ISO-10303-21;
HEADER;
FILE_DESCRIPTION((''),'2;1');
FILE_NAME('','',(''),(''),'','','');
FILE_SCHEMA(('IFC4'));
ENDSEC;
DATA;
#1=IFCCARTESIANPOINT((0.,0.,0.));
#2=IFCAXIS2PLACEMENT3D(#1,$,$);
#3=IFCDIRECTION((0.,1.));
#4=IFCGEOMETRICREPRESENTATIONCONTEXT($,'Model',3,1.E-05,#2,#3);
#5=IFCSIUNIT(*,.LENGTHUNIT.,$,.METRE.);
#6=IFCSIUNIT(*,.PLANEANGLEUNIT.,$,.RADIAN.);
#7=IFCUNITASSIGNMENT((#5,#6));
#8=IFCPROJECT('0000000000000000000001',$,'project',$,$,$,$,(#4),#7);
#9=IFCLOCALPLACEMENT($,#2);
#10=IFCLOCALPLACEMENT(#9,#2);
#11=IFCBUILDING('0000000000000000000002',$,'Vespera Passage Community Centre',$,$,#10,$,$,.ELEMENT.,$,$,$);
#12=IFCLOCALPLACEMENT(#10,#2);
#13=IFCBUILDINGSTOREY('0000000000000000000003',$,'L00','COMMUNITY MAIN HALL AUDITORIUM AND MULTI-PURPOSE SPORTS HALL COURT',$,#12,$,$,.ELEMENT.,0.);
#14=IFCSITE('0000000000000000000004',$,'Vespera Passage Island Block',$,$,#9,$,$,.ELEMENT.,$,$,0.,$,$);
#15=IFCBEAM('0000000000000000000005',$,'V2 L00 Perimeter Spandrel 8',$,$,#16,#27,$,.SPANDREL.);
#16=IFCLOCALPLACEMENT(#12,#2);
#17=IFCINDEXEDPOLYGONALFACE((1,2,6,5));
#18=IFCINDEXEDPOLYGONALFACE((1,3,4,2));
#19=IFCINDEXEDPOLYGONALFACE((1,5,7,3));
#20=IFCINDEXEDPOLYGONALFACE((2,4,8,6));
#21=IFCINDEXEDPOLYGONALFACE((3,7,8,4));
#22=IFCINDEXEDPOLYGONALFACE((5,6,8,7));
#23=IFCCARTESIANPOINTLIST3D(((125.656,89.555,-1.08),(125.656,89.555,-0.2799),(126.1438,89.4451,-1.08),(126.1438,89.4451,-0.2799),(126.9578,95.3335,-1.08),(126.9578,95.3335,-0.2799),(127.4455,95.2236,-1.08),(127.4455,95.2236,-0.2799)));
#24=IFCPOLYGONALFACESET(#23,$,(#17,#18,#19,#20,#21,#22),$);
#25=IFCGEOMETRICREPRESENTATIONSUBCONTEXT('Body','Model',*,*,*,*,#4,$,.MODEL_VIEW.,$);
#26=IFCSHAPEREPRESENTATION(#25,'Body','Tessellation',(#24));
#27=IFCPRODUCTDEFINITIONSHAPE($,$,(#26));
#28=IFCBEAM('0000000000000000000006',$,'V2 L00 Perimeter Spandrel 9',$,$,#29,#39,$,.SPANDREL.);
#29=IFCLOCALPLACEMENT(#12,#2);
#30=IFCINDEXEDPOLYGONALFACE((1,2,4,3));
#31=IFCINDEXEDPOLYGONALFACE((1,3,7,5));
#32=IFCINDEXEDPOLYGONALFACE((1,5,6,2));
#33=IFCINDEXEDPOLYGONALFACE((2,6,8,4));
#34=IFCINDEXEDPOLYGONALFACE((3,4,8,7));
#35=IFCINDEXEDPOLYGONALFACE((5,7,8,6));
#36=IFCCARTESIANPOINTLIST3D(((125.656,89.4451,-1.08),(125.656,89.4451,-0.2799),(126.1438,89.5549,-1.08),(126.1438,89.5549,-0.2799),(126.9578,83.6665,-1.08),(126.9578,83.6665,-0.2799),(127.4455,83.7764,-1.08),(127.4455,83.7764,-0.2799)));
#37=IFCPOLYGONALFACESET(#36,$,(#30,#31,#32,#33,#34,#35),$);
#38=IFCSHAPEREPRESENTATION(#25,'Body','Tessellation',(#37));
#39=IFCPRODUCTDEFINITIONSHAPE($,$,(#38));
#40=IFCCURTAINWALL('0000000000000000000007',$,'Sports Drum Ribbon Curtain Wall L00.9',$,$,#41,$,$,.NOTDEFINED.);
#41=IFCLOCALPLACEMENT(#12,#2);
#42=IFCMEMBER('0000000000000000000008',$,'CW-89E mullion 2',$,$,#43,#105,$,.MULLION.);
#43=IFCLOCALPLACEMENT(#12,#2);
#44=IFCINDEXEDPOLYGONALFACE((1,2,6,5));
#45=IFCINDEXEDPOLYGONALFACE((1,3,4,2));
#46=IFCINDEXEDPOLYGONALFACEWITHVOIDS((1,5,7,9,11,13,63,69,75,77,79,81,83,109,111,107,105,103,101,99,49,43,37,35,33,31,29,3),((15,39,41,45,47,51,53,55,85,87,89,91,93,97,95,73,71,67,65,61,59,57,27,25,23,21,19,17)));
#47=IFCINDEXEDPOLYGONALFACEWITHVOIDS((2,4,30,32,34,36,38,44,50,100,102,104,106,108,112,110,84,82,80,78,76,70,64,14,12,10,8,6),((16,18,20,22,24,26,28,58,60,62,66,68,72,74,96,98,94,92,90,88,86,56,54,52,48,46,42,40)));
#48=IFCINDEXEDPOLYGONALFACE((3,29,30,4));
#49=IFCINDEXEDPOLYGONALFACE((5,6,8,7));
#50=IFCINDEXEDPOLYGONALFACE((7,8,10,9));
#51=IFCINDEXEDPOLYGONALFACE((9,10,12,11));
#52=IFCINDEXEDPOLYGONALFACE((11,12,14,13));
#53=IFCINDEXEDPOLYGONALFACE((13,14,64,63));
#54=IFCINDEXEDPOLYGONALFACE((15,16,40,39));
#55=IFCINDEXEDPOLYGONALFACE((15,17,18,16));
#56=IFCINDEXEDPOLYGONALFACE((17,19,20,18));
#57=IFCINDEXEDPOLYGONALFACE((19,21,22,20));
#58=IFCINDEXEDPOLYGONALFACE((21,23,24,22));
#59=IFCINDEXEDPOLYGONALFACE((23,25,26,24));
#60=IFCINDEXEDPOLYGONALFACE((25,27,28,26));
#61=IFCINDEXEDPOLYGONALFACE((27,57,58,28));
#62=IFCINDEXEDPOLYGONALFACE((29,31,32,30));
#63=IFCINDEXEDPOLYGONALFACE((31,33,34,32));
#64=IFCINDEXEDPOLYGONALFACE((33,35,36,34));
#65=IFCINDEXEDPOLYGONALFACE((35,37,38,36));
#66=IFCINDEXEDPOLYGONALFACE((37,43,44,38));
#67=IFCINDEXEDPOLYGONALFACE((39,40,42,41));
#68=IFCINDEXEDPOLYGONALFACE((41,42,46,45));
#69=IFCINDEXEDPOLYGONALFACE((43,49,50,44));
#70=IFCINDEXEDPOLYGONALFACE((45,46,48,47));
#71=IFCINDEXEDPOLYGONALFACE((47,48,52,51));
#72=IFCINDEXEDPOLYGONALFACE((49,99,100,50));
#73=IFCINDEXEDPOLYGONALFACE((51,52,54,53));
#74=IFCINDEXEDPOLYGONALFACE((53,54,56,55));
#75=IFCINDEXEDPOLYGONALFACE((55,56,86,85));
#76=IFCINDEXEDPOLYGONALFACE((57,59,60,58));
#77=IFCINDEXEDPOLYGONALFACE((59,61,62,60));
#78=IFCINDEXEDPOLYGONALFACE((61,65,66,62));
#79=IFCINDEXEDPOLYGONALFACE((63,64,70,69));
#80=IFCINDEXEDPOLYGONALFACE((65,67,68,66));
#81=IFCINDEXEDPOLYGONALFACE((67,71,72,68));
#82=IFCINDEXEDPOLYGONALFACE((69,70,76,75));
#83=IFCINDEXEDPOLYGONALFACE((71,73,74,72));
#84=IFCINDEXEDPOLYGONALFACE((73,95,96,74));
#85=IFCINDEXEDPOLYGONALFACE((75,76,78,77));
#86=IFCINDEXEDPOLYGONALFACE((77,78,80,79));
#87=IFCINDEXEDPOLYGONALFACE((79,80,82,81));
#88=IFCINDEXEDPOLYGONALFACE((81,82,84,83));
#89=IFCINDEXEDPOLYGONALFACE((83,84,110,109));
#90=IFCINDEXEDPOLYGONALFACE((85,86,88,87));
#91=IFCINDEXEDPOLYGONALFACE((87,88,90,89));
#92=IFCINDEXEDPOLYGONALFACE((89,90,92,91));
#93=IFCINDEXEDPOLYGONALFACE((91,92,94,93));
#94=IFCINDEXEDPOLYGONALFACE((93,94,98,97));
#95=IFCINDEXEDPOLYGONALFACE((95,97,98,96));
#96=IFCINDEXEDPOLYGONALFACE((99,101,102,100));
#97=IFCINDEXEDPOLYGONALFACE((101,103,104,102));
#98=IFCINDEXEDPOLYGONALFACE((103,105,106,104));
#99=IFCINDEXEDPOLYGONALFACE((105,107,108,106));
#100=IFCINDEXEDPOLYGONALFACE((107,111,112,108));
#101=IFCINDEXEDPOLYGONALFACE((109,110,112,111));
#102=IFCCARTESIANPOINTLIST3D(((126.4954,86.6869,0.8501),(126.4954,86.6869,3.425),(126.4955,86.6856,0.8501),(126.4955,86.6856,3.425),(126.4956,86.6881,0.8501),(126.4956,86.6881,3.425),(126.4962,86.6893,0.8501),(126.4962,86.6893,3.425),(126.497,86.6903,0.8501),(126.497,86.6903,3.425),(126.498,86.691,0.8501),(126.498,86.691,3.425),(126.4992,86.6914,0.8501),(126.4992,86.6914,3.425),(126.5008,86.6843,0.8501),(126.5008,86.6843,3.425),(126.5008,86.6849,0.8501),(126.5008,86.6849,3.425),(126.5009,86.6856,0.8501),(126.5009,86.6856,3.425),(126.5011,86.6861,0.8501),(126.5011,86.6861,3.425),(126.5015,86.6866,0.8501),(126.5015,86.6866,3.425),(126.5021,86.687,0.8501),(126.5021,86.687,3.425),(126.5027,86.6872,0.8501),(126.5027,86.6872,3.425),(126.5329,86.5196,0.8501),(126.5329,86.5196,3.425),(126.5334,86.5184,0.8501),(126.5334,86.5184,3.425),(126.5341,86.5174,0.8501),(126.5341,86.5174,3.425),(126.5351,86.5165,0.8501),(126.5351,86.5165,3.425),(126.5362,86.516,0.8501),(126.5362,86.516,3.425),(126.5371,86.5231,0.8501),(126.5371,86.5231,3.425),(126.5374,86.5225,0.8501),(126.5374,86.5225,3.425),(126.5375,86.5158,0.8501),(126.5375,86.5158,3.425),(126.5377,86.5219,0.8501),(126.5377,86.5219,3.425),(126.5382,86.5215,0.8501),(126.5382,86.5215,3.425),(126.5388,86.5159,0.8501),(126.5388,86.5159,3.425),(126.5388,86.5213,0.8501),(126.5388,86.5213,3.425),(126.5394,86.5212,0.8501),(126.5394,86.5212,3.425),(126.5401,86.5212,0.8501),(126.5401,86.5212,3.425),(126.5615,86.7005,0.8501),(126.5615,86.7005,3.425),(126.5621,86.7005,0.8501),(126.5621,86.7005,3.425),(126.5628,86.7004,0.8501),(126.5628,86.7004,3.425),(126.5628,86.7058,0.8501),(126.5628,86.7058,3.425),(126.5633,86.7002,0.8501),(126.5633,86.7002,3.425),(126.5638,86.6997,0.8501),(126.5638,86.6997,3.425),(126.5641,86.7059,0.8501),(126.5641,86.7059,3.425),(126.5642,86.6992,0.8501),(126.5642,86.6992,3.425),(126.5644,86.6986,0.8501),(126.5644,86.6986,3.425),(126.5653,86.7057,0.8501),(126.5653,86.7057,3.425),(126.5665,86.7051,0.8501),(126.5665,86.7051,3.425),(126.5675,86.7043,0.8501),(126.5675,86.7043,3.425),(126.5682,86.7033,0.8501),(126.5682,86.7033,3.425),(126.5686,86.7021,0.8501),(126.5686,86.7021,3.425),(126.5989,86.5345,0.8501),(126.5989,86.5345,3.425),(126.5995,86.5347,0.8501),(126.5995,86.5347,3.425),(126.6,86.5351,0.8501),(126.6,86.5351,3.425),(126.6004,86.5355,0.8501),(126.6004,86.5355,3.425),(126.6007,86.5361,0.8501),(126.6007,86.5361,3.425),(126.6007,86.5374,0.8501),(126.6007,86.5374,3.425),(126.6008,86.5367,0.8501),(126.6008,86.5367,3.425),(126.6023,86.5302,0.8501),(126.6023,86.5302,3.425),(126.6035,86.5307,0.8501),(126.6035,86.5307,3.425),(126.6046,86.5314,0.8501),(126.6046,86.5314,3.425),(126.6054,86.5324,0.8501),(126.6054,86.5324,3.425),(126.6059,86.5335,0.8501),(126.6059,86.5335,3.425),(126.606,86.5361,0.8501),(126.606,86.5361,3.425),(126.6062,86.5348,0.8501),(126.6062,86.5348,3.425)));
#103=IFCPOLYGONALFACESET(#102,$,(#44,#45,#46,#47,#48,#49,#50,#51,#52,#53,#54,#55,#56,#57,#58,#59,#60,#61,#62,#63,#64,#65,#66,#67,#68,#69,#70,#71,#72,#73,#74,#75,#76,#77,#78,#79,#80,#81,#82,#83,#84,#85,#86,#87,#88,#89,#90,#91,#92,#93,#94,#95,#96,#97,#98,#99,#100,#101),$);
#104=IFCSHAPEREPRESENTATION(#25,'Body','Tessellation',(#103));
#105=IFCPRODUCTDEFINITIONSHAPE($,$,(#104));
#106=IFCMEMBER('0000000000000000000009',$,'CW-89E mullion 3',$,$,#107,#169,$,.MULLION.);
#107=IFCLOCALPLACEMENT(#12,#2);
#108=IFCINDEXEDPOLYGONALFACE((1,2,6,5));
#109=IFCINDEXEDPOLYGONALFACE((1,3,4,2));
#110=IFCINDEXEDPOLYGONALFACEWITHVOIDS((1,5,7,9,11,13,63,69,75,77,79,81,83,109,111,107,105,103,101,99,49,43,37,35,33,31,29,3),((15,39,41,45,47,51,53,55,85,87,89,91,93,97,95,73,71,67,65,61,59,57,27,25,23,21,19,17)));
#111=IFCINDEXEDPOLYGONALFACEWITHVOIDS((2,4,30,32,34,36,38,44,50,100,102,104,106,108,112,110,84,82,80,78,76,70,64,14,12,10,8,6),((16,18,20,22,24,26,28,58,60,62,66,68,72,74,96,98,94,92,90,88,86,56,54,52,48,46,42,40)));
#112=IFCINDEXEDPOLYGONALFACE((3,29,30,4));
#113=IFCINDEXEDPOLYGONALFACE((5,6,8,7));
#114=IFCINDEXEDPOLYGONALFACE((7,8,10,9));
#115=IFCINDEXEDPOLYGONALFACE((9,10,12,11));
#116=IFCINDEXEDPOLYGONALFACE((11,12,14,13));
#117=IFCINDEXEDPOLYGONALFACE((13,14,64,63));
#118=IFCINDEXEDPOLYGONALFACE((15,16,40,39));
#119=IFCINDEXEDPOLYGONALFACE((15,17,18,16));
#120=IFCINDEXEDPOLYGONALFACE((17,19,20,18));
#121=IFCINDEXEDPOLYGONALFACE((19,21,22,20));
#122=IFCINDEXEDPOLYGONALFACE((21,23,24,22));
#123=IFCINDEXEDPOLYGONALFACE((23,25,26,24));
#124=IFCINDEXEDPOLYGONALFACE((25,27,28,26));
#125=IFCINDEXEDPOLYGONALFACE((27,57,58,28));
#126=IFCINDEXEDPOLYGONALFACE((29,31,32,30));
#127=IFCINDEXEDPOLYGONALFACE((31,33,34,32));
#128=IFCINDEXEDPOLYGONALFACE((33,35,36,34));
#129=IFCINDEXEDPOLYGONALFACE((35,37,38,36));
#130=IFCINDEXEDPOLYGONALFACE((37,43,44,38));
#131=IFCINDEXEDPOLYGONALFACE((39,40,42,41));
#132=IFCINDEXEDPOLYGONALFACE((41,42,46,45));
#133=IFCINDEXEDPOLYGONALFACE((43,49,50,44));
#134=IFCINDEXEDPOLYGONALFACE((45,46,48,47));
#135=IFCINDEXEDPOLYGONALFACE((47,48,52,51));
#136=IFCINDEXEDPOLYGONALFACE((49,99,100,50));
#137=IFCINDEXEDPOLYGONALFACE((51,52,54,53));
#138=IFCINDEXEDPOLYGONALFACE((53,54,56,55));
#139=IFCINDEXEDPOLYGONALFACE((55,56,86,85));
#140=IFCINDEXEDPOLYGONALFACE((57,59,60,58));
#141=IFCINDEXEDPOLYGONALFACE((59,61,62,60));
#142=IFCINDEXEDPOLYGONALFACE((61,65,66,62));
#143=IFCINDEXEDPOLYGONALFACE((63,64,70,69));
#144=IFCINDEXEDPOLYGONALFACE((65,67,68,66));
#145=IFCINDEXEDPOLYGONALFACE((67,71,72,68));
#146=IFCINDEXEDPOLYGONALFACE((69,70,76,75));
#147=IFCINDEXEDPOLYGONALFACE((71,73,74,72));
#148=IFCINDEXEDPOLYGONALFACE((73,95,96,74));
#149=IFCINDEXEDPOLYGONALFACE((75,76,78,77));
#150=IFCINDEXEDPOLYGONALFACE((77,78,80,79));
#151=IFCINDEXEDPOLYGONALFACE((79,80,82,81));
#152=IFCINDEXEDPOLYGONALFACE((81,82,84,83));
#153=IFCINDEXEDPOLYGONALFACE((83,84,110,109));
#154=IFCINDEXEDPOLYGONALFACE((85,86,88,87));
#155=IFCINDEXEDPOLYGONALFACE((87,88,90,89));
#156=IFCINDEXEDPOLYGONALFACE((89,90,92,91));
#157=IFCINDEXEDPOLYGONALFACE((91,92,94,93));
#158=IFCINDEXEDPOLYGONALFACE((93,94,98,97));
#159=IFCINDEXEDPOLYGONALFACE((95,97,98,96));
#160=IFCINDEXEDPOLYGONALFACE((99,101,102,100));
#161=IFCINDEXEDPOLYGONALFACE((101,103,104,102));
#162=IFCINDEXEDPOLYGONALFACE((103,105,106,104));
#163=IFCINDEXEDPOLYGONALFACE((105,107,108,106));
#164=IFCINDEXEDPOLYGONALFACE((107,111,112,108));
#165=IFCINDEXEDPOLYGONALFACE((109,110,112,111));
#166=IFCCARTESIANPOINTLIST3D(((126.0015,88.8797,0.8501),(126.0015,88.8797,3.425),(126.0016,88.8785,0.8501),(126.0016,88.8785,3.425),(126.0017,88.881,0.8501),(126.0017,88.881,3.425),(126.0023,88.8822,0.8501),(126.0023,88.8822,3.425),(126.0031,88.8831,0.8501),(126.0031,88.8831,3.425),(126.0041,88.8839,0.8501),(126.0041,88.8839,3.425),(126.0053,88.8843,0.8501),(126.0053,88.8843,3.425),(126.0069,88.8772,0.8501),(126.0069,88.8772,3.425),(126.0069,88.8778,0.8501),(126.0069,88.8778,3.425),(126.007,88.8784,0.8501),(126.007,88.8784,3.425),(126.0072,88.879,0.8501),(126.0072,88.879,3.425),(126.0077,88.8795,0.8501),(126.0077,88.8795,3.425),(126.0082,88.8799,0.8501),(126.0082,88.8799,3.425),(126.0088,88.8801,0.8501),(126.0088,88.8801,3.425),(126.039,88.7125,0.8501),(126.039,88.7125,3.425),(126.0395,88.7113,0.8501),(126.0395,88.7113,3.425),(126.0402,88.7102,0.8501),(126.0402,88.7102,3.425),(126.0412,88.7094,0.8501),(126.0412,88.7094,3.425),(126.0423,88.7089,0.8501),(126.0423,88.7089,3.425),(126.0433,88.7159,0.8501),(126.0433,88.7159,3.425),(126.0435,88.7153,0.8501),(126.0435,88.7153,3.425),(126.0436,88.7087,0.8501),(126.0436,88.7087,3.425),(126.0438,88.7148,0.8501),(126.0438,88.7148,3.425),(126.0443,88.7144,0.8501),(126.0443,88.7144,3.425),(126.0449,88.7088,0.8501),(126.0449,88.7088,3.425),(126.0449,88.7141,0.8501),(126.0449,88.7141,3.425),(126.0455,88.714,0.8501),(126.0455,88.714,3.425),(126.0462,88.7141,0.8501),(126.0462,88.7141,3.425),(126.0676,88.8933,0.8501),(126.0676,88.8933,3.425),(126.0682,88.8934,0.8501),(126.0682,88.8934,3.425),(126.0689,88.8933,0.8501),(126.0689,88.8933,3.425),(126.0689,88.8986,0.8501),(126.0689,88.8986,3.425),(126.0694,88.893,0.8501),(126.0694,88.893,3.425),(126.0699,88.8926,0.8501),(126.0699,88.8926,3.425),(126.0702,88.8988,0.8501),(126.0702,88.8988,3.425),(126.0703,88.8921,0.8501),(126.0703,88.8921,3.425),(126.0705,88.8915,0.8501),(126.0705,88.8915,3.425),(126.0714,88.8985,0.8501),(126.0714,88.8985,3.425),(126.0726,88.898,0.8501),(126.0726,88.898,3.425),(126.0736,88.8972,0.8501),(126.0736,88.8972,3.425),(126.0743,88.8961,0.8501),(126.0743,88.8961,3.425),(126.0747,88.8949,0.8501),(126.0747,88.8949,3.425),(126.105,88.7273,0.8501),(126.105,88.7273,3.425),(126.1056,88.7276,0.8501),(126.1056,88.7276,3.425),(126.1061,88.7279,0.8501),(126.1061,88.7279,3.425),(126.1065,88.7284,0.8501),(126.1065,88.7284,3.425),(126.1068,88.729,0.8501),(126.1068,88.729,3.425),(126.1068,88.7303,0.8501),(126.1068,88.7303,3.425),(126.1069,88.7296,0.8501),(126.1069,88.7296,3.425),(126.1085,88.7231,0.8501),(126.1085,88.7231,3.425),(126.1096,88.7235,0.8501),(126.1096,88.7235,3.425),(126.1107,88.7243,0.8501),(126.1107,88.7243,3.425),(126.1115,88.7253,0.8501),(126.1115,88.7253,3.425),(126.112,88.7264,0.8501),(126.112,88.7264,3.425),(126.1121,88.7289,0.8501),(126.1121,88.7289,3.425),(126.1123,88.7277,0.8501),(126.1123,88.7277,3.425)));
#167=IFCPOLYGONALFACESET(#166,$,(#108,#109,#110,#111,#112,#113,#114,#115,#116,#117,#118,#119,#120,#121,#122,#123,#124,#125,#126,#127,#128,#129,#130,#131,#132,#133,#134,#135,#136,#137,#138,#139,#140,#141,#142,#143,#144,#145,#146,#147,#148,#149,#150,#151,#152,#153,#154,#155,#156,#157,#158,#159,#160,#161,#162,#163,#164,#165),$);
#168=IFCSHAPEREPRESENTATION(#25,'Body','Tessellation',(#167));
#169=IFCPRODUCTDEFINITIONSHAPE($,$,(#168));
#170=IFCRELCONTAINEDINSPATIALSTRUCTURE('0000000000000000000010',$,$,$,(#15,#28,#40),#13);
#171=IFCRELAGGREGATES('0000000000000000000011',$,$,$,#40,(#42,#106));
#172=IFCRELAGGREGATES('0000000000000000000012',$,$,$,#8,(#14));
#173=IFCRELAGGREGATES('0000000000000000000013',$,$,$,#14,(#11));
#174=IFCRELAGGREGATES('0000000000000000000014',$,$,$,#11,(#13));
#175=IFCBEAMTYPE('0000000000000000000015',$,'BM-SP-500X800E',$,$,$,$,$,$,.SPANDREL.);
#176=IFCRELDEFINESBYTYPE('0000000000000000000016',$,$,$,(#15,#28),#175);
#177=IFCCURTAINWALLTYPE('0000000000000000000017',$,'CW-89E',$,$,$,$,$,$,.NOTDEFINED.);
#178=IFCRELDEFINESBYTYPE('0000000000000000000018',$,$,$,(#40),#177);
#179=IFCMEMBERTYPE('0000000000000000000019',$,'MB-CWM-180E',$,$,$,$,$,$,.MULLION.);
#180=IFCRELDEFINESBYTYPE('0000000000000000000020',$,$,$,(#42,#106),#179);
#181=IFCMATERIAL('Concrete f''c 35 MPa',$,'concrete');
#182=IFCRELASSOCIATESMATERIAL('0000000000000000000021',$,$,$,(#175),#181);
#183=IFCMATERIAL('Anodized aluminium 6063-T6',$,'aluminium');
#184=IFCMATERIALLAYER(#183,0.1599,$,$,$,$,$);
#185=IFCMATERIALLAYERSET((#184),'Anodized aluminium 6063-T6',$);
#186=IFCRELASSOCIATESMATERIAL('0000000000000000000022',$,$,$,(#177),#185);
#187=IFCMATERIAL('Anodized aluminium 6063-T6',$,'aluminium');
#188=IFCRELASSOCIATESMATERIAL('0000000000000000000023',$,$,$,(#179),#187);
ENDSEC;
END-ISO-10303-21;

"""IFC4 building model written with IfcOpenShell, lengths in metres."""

from ifc_helpers import new_model, si_unit, direction, frame, origin, origin_2d, place, context, subcontext, project, spatial, rectangle, hollow_rectangle, extrude, material, layer, layer_set, material_profile, profile_set, type_object, element, aggregate, save


model = new_model("IFC4")

# Units and contexts
model_context = context("Model", 3, precision=1e-05, world=origin(), true_north=direction((0.0, 1.0)))
body_context = subcontext(model_context, "Body", "Model", "MODEL_VIEW")
ifc_project = project(units=[si_unit("LENGTHUNIT", "METRE"), si_unit("PLANEANGLEUNIT", "RADIAN")], contexts=[model_context])

# Site, building, storey
site_placement = place(None, origin())
site = spatial("IfcSite", under=ifc_project, at=site_placement, Name="Vespera Passage Island Block", CompositionType="ELEMENT", RefElevation=0.0)
building_placement = place(site_placement, origin())
building = spatial("IfcBuilding", under=site, at=building_placement, Name="Vespera Passage Community Centre", CompositionType="ELEMENT")
storey_placement = place(building_placement, origin())
storey = spatial("IfcBuildingStorey", under=building, at=storey_placement, Name="L00", Description="COMMUNITY MAIN HALL AUDITORIUM AND MULTI-PURPOSE SPORTS HALL COURT", CompositionType="ELEMENT", Elevation=0.0)

# Beams
ifc_material_1 = material(Name="Concrete f'c 35 MPa", Category="concrete")
ifc_material_profile_1 = material_profile(ifc_material_1, rectangle(XDim=0.5, YDim=0.8, at=origin_2d()), Name="RC500X800")
ifc_profile_set_1 = profile_set([ifc_material_profile_1], Name="Concrete f'c 35 MPa")
beam_type_1 = type_object("IfcBeamType", Name="BM-SP-500X800E", PredefinedType="SPANDREL", material=ifc_profile_set_1)
for number, where, z_axis, x_axis, name in (
    (1, (127.2017, 95.2786, -0.6799), (-0.219766, -0.975553, 0.0), (0.975553, -0.219766, 0.0), "V2 L00 Perimeter Spandrel 8"),
    (2, (125.8999, 89.5, -0.6799), (0.219766, -0.975553, 0.0), (0.975553, 0.219766, 0.0), "V2 L00 Perimeter Spandrel 9"),
):
    element("IfcBeam", number, at=place(storey_placement, frame(where, z_axis=z_axis, x_axis=x_axis)), inside=storey, type_object=beam_type_1, Name=name, PredefinedType="SPANDREL", context=body_context, shape_type="SweptSolid", body=[
        extrude(rectangle(XDim=0.5, YDim=0.8, at=origin_2d()), origin(), (0.0, 0.0, 1.0), 5.9233),
    ])

# Curtain wall, members
ifc_material_2 = material(Name="Anodized aluminium 6063-T6", Category="aluminium")
ifc_layer_1 = layer(ifc_material_2, 0.1599)
ifc_layer_set_1 = layer_set([ifc_layer_1], Name="Anodized aluminium 6063-T6")
curtain_wall_type = type_object("IfcCurtainWallType", Name="CW-89E", PredefinedType="NOTDEFINED", material=ifc_layer_set_1)
curtain_wall_placement = place(storey_placement, origin())
curtain_wall = element("IfcCurtainWall", 3, at=curtain_wall_placement, inside=storey, type_object=curtain_wall_type, Name="Sports Drum Ribbon Curtain Wall L00.9", PredefinedType="NOTDEFINED")
ifc_material_3 = material(Name="Anodized aluminium 6063-T6", Category="aluminium")
ifc_material_profile_2 = material_profile(ifc_material_3, hollow_rectangle(XDim=0.075, YDim=0.1799, WallThickness=0.0049, InnerFilletRadius=0.0024, OuterFilletRadius=0.0049, at=origin_2d()), Name="ALU180X75X5")
ifc_profile_set_2 = profile_set([ifc_material_profile_2], Name="Anodized aluminium 6063-T6")
member_type_1 = type_object("IfcMemberType", Name="MB-CWM-180E", PredefinedType="MULLION", material=ifc_profile_set_2)
member_1_placement = place(storey_placement, frame((126.5508, 86.6108, 0.8501), z_axis=(0.0, 0.0, 1.0), x_axis=(-0.975553, -0.219763, 0.0)))
member_1 = element("IfcMember", 4, at=member_1_placement, type_object=member_type_1, Name="CW-89E mullion 2", PredefinedType="MULLION", context=body_context, shape_type="SweptSolid", body=[
    extrude(hollow_rectangle(XDim=0.075, YDim=0.1799, WallThickness=0.0049, InnerFilletRadius=0.0024, OuterFilletRadius=0.0049, at=origin_2d()), origin(), (0.0, 0.0, 1.0), 2.575),
])
member_2_placement = place(storey_placement, frame((126.0569, 88.8037, 0.8501), z_axis=(0.0, 0.0, 1.0), x_axis=(-0.975553, -0.219763, 0.0)))
member_2 = element("IfcMember", 5, at=member_2_placement, type_object=member_type_1, Name="CW-89E mullion 3", PredefinedType="MULLION", context=body_context, shape_type="SweptSolid", body=[
    extrude(hollow_rectangle(XDim=0.075, YDim=0.1799, WallThickness=0.0049, InnerFilletRadius=0.0024, OuterFilletRadius=0.0049, at=origin_2d()), origin(), (0.0, 0.0, 1.0), 2.575),
])
aggregate(curtain_wall, [member_1, member_2])

save(model, "model.ifc")
